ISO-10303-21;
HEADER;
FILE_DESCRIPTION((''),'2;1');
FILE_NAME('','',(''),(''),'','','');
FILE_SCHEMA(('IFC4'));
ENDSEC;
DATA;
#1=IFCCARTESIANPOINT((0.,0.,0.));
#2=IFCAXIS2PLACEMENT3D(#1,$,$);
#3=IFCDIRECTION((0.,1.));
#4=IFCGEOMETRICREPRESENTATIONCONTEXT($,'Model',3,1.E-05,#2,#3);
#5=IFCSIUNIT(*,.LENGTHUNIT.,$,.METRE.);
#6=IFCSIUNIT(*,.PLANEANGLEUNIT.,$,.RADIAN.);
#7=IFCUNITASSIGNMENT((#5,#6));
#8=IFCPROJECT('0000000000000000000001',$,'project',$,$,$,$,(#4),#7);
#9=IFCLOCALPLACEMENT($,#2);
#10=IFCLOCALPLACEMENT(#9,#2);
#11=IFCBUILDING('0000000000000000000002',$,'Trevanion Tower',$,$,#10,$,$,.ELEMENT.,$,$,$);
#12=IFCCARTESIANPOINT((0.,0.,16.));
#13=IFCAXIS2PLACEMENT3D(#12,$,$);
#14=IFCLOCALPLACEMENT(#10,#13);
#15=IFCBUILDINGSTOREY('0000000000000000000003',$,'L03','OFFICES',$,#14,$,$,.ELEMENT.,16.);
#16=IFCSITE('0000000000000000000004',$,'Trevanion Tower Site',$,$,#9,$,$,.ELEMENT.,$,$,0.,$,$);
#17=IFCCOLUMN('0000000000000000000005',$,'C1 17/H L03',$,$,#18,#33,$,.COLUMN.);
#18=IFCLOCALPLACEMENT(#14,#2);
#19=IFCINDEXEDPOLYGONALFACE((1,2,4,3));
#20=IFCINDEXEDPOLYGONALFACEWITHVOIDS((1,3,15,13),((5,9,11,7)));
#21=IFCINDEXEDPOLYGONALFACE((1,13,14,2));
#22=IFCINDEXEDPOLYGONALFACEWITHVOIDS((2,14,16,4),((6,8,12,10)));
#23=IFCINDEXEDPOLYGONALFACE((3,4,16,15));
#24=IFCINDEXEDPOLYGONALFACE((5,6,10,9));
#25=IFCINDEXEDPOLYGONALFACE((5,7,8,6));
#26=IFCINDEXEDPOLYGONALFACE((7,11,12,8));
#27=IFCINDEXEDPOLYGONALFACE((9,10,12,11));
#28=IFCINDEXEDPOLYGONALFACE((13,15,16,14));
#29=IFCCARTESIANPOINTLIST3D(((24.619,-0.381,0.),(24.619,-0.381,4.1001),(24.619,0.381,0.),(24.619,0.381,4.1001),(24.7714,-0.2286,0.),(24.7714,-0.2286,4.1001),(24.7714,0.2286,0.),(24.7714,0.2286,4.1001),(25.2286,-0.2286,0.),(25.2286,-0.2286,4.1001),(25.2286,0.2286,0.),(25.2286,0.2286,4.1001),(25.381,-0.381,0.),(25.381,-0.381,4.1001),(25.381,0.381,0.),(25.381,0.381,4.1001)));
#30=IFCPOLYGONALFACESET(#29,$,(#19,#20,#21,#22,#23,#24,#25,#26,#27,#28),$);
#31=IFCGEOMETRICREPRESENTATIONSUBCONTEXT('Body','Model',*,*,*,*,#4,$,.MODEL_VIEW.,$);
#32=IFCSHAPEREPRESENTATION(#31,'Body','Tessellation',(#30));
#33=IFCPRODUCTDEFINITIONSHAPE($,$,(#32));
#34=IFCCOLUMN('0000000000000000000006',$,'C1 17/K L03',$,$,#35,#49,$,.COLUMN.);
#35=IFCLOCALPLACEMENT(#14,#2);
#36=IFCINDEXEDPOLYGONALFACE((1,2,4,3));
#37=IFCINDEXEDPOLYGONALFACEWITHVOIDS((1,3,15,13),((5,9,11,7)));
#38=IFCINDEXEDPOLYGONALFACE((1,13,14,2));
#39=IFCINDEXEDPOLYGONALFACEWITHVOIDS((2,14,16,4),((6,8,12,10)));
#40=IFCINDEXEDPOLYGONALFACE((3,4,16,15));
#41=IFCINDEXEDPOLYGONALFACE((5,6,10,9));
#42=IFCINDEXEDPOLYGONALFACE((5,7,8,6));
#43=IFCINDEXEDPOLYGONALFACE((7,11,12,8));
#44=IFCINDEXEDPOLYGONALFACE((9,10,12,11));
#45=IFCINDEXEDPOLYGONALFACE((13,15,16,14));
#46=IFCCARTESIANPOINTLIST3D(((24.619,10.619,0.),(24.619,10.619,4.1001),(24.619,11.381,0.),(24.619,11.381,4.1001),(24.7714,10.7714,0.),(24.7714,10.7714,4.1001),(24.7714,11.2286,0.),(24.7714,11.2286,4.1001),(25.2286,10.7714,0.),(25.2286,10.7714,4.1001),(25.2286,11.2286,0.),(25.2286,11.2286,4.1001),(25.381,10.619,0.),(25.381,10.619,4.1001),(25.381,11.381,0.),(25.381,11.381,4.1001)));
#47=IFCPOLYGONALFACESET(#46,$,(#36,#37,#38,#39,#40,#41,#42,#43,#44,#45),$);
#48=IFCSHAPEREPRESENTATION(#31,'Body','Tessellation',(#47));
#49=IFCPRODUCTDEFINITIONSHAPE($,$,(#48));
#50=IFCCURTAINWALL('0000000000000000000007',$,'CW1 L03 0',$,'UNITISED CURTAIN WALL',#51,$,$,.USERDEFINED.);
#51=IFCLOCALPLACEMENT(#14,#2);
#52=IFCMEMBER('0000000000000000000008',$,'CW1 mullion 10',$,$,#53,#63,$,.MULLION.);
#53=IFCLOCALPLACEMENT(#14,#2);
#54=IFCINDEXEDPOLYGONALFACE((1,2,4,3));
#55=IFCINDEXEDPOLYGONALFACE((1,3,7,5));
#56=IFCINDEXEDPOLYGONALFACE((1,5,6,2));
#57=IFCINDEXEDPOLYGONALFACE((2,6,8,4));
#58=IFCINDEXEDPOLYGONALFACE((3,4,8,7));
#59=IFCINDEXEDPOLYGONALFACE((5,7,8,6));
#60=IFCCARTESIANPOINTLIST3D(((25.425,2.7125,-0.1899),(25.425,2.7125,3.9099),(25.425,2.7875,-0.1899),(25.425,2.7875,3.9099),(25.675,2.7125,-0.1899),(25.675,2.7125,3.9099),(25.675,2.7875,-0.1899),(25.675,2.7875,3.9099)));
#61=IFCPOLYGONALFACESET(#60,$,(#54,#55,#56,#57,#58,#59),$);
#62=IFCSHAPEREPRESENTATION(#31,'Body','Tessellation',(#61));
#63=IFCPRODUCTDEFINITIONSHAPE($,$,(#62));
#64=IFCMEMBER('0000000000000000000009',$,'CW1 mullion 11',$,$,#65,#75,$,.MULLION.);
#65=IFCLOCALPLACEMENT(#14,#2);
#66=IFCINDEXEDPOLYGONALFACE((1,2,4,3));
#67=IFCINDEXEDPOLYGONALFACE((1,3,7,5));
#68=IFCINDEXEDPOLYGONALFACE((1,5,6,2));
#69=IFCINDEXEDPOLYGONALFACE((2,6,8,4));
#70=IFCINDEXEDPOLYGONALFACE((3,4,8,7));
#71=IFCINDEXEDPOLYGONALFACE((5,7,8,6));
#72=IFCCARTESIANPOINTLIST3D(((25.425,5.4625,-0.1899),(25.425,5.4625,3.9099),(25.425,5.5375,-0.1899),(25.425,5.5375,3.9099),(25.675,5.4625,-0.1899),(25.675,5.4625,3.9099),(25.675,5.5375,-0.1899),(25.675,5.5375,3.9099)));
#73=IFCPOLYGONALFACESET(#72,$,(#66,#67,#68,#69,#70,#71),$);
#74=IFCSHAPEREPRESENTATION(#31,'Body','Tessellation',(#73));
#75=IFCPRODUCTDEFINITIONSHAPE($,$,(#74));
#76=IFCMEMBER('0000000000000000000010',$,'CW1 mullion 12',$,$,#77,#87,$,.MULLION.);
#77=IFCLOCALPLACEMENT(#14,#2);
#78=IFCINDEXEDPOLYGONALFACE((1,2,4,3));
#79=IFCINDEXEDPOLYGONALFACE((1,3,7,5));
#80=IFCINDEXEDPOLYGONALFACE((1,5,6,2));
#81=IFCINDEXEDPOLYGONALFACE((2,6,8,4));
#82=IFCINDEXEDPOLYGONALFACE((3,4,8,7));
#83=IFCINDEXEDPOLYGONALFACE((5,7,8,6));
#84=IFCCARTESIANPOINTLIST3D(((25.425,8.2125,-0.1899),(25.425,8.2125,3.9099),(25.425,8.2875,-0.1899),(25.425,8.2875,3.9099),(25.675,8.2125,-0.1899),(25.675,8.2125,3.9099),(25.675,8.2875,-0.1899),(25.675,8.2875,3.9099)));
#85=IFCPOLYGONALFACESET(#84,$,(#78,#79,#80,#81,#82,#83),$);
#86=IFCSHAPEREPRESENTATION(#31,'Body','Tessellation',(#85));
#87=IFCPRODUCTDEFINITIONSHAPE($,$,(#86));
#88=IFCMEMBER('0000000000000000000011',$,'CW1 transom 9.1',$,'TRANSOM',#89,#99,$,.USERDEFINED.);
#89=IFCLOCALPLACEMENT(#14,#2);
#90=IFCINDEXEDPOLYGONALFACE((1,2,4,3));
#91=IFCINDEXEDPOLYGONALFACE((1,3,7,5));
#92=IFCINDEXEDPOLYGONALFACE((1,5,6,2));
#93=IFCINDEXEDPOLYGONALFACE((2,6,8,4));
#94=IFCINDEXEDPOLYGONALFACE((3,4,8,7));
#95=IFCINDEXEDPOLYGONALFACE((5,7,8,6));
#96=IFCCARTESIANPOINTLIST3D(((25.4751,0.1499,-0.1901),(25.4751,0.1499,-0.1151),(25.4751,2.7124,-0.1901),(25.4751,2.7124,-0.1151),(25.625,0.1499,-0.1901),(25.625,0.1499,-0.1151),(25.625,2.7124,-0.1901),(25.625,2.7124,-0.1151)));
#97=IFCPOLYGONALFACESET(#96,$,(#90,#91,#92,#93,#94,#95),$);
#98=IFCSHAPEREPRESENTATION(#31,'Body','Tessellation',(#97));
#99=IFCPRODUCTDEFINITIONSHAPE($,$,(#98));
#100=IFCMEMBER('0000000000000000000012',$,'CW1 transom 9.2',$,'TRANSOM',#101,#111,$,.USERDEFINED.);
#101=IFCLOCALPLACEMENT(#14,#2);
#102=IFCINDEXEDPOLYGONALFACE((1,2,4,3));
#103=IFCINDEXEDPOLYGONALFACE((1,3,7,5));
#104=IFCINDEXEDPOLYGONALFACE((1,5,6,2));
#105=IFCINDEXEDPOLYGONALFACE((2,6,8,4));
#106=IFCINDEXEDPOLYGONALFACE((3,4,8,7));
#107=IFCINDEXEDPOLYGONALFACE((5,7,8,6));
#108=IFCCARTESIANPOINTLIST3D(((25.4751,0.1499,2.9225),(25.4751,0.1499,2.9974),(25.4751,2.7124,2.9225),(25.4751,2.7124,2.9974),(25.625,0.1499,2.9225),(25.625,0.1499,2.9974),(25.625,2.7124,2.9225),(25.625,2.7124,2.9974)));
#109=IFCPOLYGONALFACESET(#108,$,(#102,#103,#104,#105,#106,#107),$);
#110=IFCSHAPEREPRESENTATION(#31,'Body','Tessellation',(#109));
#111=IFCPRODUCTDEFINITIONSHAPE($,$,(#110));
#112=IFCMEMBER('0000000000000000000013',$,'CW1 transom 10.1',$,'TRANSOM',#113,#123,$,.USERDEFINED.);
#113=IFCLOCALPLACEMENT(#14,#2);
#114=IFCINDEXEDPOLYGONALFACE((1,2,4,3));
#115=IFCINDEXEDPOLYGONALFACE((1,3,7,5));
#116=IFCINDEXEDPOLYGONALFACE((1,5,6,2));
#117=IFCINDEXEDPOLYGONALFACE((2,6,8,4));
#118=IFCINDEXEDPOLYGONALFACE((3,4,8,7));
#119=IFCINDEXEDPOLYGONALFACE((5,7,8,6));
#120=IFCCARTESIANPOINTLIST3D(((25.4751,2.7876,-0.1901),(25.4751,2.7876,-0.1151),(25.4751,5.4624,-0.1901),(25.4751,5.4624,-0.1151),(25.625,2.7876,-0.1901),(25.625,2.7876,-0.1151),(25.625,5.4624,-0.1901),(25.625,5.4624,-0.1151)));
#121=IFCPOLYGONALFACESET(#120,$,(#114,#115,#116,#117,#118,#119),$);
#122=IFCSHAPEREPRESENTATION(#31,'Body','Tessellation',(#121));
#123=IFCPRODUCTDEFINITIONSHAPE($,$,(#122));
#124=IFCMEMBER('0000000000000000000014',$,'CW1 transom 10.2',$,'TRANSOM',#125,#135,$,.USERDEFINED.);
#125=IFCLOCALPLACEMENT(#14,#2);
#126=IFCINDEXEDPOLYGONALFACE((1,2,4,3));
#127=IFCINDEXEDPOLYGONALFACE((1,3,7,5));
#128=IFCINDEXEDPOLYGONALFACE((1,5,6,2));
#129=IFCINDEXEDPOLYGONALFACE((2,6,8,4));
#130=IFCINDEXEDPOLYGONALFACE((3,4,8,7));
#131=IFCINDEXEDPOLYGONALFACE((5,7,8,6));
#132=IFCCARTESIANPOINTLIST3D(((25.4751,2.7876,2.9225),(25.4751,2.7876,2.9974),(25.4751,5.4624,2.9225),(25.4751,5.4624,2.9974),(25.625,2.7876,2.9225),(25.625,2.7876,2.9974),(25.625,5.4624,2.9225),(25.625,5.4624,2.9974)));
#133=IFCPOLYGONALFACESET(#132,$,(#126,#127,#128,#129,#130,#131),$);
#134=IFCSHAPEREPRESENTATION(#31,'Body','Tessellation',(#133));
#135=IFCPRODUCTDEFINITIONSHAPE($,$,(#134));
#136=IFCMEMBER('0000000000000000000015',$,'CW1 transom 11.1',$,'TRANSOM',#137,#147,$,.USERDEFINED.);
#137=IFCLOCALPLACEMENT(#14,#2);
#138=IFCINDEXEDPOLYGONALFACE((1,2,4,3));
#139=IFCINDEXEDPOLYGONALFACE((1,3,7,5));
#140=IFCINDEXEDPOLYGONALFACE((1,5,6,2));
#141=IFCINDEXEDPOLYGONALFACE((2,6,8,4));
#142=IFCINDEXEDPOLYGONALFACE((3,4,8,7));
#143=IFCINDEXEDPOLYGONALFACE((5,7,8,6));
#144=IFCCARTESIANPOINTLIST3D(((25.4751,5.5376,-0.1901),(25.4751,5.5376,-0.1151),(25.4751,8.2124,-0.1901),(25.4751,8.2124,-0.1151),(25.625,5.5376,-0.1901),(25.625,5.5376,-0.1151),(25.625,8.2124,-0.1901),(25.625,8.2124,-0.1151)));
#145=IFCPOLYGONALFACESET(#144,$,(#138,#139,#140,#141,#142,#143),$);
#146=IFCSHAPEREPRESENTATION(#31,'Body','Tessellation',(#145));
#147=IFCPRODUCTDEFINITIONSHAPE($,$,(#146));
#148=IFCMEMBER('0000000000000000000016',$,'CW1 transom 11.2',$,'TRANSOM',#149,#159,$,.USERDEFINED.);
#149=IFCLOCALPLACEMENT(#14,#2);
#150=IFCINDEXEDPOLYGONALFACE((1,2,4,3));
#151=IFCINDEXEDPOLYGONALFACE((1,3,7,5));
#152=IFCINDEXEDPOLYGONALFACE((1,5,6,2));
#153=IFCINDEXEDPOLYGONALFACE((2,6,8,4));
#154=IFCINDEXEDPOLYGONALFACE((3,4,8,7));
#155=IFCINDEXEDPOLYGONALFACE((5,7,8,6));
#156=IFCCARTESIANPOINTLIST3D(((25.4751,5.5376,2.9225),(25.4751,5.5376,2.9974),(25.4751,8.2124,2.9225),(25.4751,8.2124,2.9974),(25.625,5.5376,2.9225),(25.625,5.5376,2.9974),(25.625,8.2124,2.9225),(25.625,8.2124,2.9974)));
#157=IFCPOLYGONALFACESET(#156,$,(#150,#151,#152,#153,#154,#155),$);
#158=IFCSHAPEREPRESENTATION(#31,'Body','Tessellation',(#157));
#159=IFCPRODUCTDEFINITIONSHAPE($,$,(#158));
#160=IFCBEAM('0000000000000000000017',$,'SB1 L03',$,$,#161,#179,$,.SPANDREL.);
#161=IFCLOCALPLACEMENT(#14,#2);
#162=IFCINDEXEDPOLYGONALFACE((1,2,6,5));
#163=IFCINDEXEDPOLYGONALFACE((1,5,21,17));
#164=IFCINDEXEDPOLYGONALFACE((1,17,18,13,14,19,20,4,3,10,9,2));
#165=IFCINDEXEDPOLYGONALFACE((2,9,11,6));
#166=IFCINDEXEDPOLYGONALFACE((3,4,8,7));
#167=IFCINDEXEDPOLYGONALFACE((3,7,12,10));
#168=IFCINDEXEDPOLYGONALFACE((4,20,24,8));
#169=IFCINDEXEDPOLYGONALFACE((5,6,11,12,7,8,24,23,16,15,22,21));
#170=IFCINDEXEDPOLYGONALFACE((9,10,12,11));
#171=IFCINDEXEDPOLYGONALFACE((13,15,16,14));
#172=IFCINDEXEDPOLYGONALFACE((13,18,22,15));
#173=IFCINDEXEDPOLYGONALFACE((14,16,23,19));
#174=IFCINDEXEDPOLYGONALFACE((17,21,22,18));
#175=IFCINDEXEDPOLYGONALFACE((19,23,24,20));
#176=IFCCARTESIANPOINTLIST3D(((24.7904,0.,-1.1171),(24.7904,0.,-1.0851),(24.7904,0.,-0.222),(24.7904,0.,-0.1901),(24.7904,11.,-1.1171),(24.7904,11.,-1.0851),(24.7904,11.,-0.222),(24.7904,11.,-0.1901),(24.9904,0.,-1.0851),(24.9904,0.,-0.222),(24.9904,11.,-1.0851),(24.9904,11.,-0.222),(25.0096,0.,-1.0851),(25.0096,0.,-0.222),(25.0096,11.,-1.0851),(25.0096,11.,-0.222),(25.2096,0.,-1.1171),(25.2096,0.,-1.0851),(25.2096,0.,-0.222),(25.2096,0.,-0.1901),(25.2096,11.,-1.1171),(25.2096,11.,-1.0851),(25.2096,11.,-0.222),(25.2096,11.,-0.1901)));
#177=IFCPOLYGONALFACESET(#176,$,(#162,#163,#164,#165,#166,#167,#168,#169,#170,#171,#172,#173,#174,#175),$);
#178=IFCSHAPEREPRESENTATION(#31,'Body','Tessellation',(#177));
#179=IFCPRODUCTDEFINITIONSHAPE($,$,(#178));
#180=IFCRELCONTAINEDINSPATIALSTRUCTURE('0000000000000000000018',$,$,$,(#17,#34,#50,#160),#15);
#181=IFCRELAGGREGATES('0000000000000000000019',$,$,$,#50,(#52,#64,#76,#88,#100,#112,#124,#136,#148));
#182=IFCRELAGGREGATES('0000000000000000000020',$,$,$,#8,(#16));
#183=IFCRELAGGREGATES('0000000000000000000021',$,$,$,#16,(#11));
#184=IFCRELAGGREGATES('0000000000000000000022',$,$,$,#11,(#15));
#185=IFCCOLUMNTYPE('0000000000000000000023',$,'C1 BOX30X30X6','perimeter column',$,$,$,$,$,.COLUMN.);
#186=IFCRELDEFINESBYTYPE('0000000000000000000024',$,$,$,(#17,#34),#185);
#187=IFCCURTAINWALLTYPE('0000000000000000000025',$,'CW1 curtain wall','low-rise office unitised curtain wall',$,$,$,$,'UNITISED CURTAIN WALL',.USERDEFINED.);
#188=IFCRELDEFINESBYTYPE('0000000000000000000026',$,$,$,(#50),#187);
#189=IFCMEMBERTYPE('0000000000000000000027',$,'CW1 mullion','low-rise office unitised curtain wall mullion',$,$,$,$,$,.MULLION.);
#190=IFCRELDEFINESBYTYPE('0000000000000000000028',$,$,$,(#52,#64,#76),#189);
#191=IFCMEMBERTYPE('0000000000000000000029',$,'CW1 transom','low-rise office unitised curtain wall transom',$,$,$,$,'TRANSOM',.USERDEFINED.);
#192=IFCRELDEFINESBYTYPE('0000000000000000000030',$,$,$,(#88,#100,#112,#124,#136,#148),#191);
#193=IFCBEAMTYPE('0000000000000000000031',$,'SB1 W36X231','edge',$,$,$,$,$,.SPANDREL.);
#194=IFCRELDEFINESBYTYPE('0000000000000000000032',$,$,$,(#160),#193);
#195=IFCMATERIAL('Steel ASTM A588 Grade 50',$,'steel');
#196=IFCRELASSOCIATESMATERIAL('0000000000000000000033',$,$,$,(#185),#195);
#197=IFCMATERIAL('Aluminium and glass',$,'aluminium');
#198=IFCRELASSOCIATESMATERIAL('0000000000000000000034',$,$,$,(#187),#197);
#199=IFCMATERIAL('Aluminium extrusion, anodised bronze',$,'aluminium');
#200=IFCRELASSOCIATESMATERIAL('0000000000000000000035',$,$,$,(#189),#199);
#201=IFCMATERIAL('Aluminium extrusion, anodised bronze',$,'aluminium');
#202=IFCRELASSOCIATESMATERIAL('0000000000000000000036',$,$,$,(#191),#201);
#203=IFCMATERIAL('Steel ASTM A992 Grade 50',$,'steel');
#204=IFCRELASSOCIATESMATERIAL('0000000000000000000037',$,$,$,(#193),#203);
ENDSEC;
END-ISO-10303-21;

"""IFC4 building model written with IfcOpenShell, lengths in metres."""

from ifc_helpers import new_model, si_unit, direction, frame, origin, origin_2d, place, context, subcontext, project, spatial, rectangle, hollow_rectangle, i_section, extrude, material, material_profile, profile_set, type_object, element, aggregate, save


model = new_model("IFC4")

# Units and contexts
model_context = context("Model", 3, precision=1e-05, world=origin(), true_north=direction((0.0, 1.0)))
body_context = subcontext(model_context, "Body", "Model", "MODEL_VIEW")
ifc_project = project(units=[si_unit("LENGTHUNIT", "METRE"), si_unit("PLANEANGLEUNIT", "RADIAN")], contexts=[model_context])

# Site, building, storey
site_placement = place(None, origin())
site = spatial("IfcSite", under=ifc_project, at=site_placement, Name="Trevanion Tower Site", CompositionType="ELEMENT", RefElevation=0.0)
building_placement = place(site_placement, origin())
building = spatial("IfcBuilding", under=site, at=building_placement, Name="Trevanion Tower", CompositionType="ELEMENT")
storey_placement = place(building_placement, frame((0.0, 0.0, 16.0)))
storey = spatial("IfcBuildingStorey", under=building, at=storey_placement, Name="L03", Description="OFFICES", CompositionType="ELEMENT", Elevation=16.0)

# Columns
ifc_material_1 = material(Name="Steel ASTM A588 Grade 50", Category="steel")
ifc_material_profile_1 = material_profile(ifc_material_1, hollow_rectangle(XDim=0.762, YDim=0.762, WallThickness=0.1523, at=origin_2d()), Name="BOX30X30X6")
ifc_profile_set_1 = profile_set([ifc_material_profile_1], Name="Steel ASTM A588 Grade 50")
column_type = type_object("IfcColumnType", Name="C1 BOX30X30X6", Description="perimeter column", PredefinedType="COLUMN", material=ifc_profile_set_1)
for number, where, z_axis, x_axis, name in (
    (1, (25.0, 0.0, 0.0), (0.0, 0.0, 1.0), (0.0, 1.0, 0.0), "C1 17/H L03"),
    (2, (25.0, 11.0, 0.0), (0.0, 0.0, 1.0), (0.0, 1.0, 0.0), "C1 17/K L03"),
):
    element("IfcColumn", number, at=place(storey_placement, frame(where, z_axis=z_axis, x_axis=x_axis)), inside=storey, type_object=column_type, Name=name, PredefinedType="COLUMN", context=body_context, shape_type="SweptSolid", body=[
        extrude(hollow_rectangle(XDim=0.762, YDim=0.762, WallThickness=0.1523, at=origin_2d()), origin(), (0.0, 0.0, 1.0), 4.1001),
    ])

# Curtain wall, members
ifc_material_2 = material(Name="Aluminium and glass", Category="aluminium")
curtain_wall_type = type_object("IfcCurtainWallType", Name="CW1 curtain wall", Description="low-rise office unitised curtain wall", ElementType="UNITISED CURTAIN WALL", PredefinedType="USERDEFINED", material=ifc_material_2)
curtain_wall_placement = place(storey_placement, origin())
curtain_wall = element("IfcCurtainWall", 3, at=curtain_wall_placement, inside=storey, type_object=curtain_wall_type, Name="CW1 L03 0", ObjectType="UNITISED CURTAIN WALL", PredefinedType="USERDEFINED")
ifc_material_3 = material(Name="Aluminium extrusion, anodised bronze", Category="aluminium")
ifc_material_profile_2 = material_profile(ifc_material_3, rectangle(XDim=0.075, YDim=0.25, at=origin_2d()), Name="CW1 mullion")
ifc_profile_set_2 = profile_set([ifc_material_profile_2], Name="Aluminium extrusion, anodised bronze")
member_type_1 = type_object("IfcMemberType", Name="CW1 mullion", Description="low-rise office unitised curtain wall mullion", PredefinedType="MULLION", material=ifc_profile_set_2)
member_1_placement = place(storey_placement, frame((25.55, 2.75, -0.1899), z_axis=(0.0, 0.0, 1.0), x_axis=(0.0, 1.0, 0.0)))
member_1 = element("IfcMember", 4, at=member_1_placement, type_object=member_type_1, Name="CW1 mullion 10", PredefinedType="MULLION", context=body_context, shape_type="SweptSolid", body=[
    extrude(rectangle(XDim=0.075, YDim=0.25, at=origin_2d()), origin(), (0.0, 0.0, 1.0), 4.0999),
])
member_2_placement = place(storey_placement, frame((25.55, 5.5, -0.1899), z_axis=(0.0, 0.0, 1.0), x_axis=(0.0, 1.0, 0.0)))
member_2 = element("IfcMember", 5, at=member_2_placement, type_object=member_type_1, Name="CW1 mullion 11", PredefinedType="MULLION", context=body_context, shape_type="SweptSolid", body=[
    extrude(rectangle(XDim=0.075, YDim=0.25, at=origin_2d()), origin(), (0.0, 0.0, 1.0), 4.0999),
])
member_3_placement = place(storey_placement, frame((25.55, 8.25, -0.1899), z_axis=(0.0, 0.0, 1.0), x_axis=(0.0, 1.0, 0.0)))
member_3 = element("IfcMember", 6, at=member_3_placement, type_object=member_type_1, Name="CW1 mullion 12", PredefinedType="MULLION", context=body_context, shape_type="SweptSolid", body=[
    extrude(rectangle(XDim=0.075, YDim=0.25, at=origin_2d()), origin(), (0.0, 0.0, 1.0), 4.0999),
])
ifc_material_4 = material(Name="Aluminium extrusion, anodised bronze", Category="aluminium")
ifc_material_profile_3 = material_profile(ifc_material_4, rectangle(XDim=0.1499, YDim=0.075, at=origin_2d()), Name="CW1 transom")
ifc_profile_set_3 = profile_set([ifc_material_profile_3], Name="Aluminium extrusion, anodised bronze")
member_type_2 = type_object("IfcMemberType", Name="CW1 transom", Description="low-rise office unitised curtain wall transom", ElementType="TRANSOM", PredefinedType="USERDEFINED", material=ifc_profile_set_3)
member_4_placement = place(storey_placement, frame((25.55, 0.1499, -0.1526), z_axis=(0.0, 1.0, 0.0), x_axis=(-1.0, 0.0, 0.0)))
member_4 = element("IfcMember", 7, at=member_4_placement, type_object=member_type_2, Name="CW1 transom 9.1", ObjectType="TRANSOM", PredefinedType="USERDEFINED", context=body_context, shape_type="SweptSolid", body=[
    extrude(rectangle(XDim=0.1499, YDim=0.075, at=origin_2d()), origin(), (0.0, 0.0, 1.0), 2.5625),
])
member_5_placement = place(storey_placement, frame((25.55, 0.1499, 2.96), z_axis=(0.0, 1.0, 0.0), x_axis=(-1.0, 0.0, 0.0)))
member_5 = element("IfcMember", 8, at=member_5_placement, type_object=member_type_2, Name="CW1 transom 9.2", ObjectType="TRANSOM", PredefinedType="USERDEFINED", context=body_context, shape_type="SweptSolid", body=[
    extrude(rectangle(XDim=0.1499, YDim=0.075, at=origin_2d()), origin(), (0.0, 0.0, 1.0), 2.5625),
])
member_6_placement = place(storey_placement, frame((25.55, 2.7876, -0.1526), z_axis=(0.0, 1.0, 0.0), x_axis=(-1.0, 0.0, 0.0)))
member_6 = element("IfcMember", 9, at=member_6_placement, type_object=member_type_2, Name="CW1 transom 10.1", ObjectType="TRANSOM", PredefinedType="USERDEFINED", context=body_context, shape_type="SweptSolid", body=[
    extrude(rectangle(XDim=0.1499, YDim=0.075, at=origin_2d()), origin(), (0.0, 0.0, 1.0), 2.6748),
])
member_7_placement = place(storey_placement, frame((25.55, 2.7876, 2.96), z_axis=(0.0, 1.0, 0.0), x_axis=(-1.0, 0.0, 0.0)))
member_7 = element("IfcMember", 10, at=member_7_placement, type_object=member_type_2, Name="CW1 transom 10.2", ObjectType="TRANSOM", PredefinedType="USERDEFINED", context=body_context, shape_type="SweptSolid", body=[
    extrude(rectangle(XDim=0.1499, YDim=0.075, at=origin_2d()), origin(), (0.0, 0.0, 1.0), 2.6748),
])
member_8_placement = place(storey_placement, frame((25.55, 5.5376, -0.1526), z_axis=(0.0, 1.0, 0.0), x_axis=(-1.0, 0.0, 0.0)))
member_8 = element("IfcMember", 11, at=member_8_placement, type_object=member_type_2, Name="CW1 transom 11.1", ObjectType="TRANSOM", PredefinedType="USERDEFINED", context=body_context, shape_type="SweptSolid", body=[
    extrude(rectangle(XDim=0.1499, YDim=0.075, at=origin_2d()), origin(), (0.0, 0.0, 1.0), 2.6748),
])
member_9_placement = place(storey_placement, frame((25.55, 5.5376, 2.96), z_axis=(0.0, 1.0, 0.0), x_axis=(-1.0, 0.0, 0.0)))
member_9 = element("IfcMember", 12, at=member_9_placement, type_object=member_type_2, Name="CW1 transom 11.2", ObjectType="TRANSOM", PredefinedType="USERDEFINED", context=body_context, shape_type="SweptSolid", body=[
    extrude(rectangle(XDim=0.1499, YDim=0.075, at=origin_2d()), origin(), (0.0, 0.0, 1.0), 2.6748),
])

# Beam
ifc_material_5 = material(Name="Steel ASTM A992 Grade 50", Category="steel")
ifc_material_profile_4 = material_profile(ifc_material_5, i_section(OverallWidth=0.4192, OverallDepth=0.927, WebThickness=0.0193, FlangeThickness=0.032, at=origin_2d()), Name="W36X231")
ifc_profile_set_4 = profile_set([ifc_material_profile_4], Name="Steel ASTM A992 Grade 50")
beam_type_1 = type_object("IfcBeamType", Name="SB1 W36X231", Description="edge", PredefinedType="SPANDREL", material=ifc_profile_set_4)
beam_1_placement = place(storey_placement, frame((25.0, 0.0, -0.6536), z_axis=(0.0, 1.0, 0.0), x_axis=(-1.0, 0.0, 0.0)))
element("IfcBeam", 13, at=beam_1_placement, inside=storey, type_object=beam_type_1, Name="SB1 L03", PredefinedType="SPANDREL", context=body_context, shape_type="SweptSolid", body=[
    extrude(i_section(OverallWidth=0.4192, OverallDepth=0.927, WebThickness=0.0193, FlangeThickness=0.032, at=origin_2d()), origin(), (0.0, 0.0, 1.0), 11.0),
])

aggregate(curtain_wall, [member_1, member_2, member_3, member_4, member_5, member_6, member_7, member_8, member_9])

save(model, "model.ifc")
